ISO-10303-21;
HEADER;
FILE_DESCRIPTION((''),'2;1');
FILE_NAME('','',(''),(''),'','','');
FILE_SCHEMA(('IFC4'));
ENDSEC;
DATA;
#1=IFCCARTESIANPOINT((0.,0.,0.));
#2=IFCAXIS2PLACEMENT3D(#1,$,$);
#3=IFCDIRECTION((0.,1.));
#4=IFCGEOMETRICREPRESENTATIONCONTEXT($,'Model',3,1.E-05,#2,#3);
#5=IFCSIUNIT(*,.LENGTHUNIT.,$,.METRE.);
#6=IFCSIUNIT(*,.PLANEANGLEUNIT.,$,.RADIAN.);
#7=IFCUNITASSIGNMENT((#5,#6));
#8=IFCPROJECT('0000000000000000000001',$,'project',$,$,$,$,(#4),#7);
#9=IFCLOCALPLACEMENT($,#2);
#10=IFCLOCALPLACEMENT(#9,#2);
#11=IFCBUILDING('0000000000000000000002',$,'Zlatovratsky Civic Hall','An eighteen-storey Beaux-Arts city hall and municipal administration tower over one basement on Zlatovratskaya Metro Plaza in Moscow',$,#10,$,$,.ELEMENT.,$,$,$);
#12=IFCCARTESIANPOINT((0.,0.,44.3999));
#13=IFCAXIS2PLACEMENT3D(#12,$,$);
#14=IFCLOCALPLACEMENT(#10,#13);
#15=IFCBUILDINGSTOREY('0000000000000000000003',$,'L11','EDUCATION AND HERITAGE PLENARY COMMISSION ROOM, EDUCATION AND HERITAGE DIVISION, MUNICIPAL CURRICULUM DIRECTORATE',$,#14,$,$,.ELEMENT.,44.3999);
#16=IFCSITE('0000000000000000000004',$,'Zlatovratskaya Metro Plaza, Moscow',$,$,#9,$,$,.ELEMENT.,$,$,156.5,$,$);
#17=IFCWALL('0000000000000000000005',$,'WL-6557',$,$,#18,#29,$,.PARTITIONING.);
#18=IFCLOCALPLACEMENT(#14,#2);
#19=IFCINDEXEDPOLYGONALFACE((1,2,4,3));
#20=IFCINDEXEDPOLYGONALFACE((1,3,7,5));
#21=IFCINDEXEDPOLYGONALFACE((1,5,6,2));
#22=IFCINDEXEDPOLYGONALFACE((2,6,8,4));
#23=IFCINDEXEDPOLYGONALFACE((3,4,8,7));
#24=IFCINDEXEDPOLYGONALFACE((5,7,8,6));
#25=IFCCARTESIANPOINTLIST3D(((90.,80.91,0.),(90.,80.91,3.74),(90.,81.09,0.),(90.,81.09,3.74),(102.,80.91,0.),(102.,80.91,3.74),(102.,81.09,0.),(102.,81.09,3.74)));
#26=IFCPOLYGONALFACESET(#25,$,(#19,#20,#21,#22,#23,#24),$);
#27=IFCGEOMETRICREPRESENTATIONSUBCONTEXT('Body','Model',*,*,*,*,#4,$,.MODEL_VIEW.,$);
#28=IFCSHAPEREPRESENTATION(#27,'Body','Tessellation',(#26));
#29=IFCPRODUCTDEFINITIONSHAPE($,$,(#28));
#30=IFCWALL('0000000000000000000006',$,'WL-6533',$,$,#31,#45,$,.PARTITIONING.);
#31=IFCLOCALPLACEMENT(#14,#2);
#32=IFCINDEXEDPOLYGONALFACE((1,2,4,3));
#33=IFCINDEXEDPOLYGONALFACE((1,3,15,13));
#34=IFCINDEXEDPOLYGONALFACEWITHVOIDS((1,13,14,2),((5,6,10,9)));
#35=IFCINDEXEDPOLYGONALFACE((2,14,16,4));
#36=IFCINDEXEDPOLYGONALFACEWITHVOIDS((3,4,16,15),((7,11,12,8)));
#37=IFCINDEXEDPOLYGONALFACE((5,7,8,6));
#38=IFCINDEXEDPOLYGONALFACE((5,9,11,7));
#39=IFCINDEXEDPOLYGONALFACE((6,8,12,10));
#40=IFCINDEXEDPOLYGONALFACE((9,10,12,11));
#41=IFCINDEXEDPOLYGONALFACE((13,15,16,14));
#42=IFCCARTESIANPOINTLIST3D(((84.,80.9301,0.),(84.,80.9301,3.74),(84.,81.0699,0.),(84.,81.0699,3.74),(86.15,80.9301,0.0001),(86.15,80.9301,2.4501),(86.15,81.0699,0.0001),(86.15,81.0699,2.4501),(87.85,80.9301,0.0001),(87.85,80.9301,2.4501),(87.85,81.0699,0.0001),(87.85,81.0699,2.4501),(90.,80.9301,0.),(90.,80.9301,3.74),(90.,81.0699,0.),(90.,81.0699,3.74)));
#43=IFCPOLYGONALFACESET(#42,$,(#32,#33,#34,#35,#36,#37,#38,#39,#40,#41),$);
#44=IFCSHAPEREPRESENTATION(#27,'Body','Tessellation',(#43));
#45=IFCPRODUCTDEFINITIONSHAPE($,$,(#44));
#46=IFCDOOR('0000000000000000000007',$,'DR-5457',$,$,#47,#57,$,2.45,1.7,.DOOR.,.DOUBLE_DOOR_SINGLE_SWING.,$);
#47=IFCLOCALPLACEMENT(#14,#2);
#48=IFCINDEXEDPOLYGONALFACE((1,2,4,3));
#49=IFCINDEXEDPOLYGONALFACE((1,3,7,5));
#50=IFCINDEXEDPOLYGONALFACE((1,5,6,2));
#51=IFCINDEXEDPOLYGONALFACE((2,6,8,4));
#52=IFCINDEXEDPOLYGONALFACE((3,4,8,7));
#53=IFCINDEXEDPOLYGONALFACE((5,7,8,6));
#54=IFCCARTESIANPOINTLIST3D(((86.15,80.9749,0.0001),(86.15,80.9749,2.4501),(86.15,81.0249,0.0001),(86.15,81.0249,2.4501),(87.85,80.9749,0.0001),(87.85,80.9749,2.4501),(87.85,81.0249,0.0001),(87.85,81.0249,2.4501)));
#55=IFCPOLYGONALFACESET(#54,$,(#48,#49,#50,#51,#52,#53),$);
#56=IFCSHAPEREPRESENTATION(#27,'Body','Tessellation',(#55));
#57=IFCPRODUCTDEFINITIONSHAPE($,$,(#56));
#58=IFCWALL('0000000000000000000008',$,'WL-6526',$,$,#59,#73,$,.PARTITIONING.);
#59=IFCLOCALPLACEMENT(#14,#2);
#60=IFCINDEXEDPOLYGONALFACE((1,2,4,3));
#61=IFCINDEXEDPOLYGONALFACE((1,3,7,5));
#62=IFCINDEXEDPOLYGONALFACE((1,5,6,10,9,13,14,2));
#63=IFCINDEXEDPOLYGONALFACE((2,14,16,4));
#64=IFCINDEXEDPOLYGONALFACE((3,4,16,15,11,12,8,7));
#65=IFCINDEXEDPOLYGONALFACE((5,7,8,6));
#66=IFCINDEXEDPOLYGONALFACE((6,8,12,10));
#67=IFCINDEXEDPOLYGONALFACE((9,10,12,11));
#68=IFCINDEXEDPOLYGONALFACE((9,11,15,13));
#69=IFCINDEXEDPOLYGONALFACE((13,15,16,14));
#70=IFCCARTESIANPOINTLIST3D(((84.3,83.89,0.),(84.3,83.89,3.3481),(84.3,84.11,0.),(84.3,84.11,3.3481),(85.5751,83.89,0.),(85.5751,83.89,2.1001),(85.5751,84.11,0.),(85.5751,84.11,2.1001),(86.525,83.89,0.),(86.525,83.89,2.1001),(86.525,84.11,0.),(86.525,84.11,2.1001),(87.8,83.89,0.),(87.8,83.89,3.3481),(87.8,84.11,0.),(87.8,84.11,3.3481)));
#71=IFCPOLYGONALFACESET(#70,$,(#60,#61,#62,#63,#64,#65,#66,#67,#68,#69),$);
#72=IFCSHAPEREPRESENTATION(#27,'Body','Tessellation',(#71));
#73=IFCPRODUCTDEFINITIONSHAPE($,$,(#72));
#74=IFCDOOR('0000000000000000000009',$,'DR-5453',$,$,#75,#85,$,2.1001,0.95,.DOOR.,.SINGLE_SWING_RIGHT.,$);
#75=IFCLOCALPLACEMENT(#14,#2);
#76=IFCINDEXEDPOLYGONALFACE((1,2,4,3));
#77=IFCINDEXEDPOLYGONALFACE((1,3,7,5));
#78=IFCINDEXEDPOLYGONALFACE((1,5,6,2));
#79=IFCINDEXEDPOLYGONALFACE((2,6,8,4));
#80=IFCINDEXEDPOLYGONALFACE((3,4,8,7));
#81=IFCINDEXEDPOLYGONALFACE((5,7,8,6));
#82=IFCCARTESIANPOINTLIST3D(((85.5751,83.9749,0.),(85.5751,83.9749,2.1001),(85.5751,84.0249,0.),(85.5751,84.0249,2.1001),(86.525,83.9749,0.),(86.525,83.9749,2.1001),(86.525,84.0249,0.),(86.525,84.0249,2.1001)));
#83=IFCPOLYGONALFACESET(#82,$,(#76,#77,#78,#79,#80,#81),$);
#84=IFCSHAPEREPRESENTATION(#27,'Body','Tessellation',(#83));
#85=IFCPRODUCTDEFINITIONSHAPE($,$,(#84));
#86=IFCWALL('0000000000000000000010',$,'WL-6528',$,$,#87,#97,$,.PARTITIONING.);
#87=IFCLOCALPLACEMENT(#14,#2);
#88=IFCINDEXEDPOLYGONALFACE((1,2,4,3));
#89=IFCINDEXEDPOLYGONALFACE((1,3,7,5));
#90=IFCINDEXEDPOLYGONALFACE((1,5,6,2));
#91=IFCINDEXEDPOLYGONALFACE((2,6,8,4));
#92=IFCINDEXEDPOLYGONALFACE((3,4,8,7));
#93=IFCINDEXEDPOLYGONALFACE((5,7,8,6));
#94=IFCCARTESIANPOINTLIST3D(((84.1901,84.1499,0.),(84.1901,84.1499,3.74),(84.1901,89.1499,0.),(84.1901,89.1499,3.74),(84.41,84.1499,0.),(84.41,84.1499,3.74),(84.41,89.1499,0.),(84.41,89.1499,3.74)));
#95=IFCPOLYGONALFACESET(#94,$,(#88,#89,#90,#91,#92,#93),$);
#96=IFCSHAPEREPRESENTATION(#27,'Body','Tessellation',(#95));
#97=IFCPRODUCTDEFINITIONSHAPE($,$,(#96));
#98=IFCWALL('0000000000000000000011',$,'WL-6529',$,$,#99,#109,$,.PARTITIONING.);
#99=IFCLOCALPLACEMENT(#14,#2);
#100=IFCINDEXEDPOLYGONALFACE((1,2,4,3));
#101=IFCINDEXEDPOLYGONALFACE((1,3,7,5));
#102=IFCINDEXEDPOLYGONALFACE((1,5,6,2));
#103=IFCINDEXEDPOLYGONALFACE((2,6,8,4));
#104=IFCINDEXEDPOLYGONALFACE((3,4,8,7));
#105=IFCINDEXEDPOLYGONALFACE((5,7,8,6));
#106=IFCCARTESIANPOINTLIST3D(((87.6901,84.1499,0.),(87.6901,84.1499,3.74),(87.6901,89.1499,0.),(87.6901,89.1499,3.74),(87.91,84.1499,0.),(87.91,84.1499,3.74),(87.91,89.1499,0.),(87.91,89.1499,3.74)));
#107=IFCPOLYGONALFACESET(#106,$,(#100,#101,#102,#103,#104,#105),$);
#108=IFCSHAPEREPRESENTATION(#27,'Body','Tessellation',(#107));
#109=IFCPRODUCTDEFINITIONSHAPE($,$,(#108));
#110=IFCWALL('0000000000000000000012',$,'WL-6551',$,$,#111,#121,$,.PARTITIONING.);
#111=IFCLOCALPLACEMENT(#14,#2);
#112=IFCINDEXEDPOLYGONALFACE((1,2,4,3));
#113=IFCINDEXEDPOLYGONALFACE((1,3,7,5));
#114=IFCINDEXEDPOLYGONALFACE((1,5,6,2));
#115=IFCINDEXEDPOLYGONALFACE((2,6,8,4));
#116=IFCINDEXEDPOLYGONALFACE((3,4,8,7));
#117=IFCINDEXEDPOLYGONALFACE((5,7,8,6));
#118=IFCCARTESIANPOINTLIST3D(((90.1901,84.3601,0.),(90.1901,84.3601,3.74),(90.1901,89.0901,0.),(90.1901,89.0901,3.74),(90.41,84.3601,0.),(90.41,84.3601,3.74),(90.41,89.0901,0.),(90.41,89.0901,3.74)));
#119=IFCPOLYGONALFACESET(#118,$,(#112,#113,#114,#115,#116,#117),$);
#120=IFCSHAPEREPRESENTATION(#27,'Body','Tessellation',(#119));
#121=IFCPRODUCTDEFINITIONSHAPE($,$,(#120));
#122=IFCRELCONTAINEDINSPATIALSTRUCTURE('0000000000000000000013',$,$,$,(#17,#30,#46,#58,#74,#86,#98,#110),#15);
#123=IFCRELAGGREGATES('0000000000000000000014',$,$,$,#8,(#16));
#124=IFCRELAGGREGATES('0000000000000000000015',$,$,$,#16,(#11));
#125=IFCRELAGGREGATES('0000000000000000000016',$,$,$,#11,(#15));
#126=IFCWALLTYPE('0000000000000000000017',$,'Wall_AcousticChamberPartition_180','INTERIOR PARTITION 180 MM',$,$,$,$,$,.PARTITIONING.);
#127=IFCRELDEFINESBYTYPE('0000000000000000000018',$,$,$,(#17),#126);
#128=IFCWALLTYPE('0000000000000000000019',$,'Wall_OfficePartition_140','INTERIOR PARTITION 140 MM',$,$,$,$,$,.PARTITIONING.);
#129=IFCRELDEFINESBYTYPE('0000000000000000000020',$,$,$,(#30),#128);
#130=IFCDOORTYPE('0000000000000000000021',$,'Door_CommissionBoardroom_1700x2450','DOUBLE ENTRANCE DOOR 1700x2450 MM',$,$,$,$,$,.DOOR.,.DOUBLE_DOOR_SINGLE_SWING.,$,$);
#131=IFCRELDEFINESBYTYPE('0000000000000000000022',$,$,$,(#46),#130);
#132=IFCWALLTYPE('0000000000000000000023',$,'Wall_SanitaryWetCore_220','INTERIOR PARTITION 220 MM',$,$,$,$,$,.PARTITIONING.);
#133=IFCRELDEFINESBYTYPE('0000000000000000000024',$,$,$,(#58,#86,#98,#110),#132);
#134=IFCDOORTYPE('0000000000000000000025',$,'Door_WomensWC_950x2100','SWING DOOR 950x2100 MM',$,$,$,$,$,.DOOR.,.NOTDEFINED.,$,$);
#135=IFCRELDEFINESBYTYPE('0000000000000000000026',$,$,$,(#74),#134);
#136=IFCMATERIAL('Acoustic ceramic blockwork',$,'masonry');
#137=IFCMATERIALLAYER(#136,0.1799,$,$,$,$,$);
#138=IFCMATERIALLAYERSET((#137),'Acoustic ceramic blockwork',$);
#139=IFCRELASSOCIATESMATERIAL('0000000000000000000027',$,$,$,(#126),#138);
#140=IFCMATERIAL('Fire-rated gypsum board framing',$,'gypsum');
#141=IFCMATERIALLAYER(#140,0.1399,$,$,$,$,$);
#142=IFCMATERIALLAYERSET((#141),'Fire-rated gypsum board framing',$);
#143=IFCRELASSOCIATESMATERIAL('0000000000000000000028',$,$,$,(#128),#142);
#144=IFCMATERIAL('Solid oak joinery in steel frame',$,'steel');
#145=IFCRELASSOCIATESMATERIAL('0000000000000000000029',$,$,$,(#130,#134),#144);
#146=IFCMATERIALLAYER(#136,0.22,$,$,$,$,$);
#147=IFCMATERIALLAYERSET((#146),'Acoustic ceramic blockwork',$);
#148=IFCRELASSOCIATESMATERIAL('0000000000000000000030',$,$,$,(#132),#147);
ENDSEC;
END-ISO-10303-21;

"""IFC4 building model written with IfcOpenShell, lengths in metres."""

from ifc_helpers import new_model, si_unit, direction, frame, frame_2d, origin, place, context, subcontext, project, spatial, rectangle, extrude, material, layer, layer_set, type_object, element, fill, save


model = new_model("IFC4")

# Units and contexts
model_context = context("Model", 3, precision=1e-05, world=origin(), true_north=direction((0.0, 1.0)))
body_context = subcontext(model_context, "Body", "Model", "MODEL_VIEW")
ifc_project = project(units=[si_unit("LENGTHUNIT", "METRE"), si_unit("PLANEANGLEUNIT", "RADIAN")], contexts=[model_context])

# Site, building, storey
site_placement = place(None, origin())
site = spatial("IfcSite", under=ifc_project, at=site_placement, Name="Zlatovratskaya Metro Plaza, Moscow", CompositionType="ELEMENT", RefElevation=156.5)
building_placement = place(site_placement, origin())
building = spatial("IfcBuilding", under=site, at=building_placement, Name="Zlatovratsky Civic Hall", Description="An eighteen-storey Beaux-Arts city hall and municipal administration tower over one basement on Zlatovratskaya Metro Plaza in Moscow", CompositionType="ELEMENT")
storey_placement = place(building_placement, frame((0.0, 0.0, 44.3999)))
storey = spatial("IfcBuildingStorey", under=building, at=storey_placement, Name="L11", Description="EDUCATION AND HERITAGE PLENARY COMMISSION ROOM, EDUCATION AND HERITAGE DIVISION, MUNICIPAL CURRICULUM DIRECTORATE", CompositionType="ELEMENT", Elevation=44.3999)

# Wall
ifc_material_1 = material(Name="Acoustic ceramic blockwork", Category="masonry")
ifc_layer_1 = layer(ifc_material_1, 0.1799)
ifc_layer_set_1 = layer_set([ifc_layer_1], Name="Acoustic ceramic blockwork")
wall_type_1 = type_object("IfcWallType", Name="Wall_AcousticChamberPartition_180", Description="INTERIOR PARTITION 180 MM", PredefinedType="PARTITIONING", material=ifc_layer_set_1)
wall_1_placement = place(storey_placement, frame((90.0, 81.0, 0.0), z_axis=(0.0, 0.0, 1.0), x_axis=(1.0, 0.0, 0.0)))
element("IfcWall", 1, at=wall_1_placement, inside=storey, type_object=wall_type_1, Name="WL-6557", PredefinedType="PARTITIONING", context=body_context, shape_type="SweptSolid", body=[
    extrude(rectangle(XDim=12.0, YDim=0.1799, at=frame_2d((6.0, 0.0))), origin(), (0.0, 0.0, 1.0), 3.74),
])

# Walls, openings, doors
ifc_material_2 = material(Name="Fire-rated gypsum board framing", Category="gypsum")
ifc_layer_2 = layer(ifc_material_2, 0.1399)
ifc_layer_set_2 = layer_set([ifc_layer_2], Name="Fire-rated gypsum board framing")
wall_type_2 = type_object("IfcWallType", Name="Wall_OfficePartition_140", Description="INTERIOR PARTITION 140 MM", PredefinedType="PARTITIONING", material=ifc_layer_set_2)
wall_2_placement = place(storey_placement, frame((84.0, 81.0, 0.0), z_axis=(0.0, 0.0, 1.0), x_axis=(1.0, 0.0, 0.0)))
wall_2 = element("IfcWall", 2, at=wall_2_placement, inside=storey, type_object=wall_type_2, Name="WL-6533", PredefinedType="PARTITIONING", context=body_context, shape_type="SweptSolid", body=[
    extrude(rectangle(XDim=6.0, YDim=0.1399, at=frame_2d((3.0, 0.0))), origin(), (0.0, 0.0, 1.0), 3.74),
])
opening_1_placement = place(wall_2_placement, frame((2.1499, 0.0, 0.0)))
opening_1 = element("IfcOpeningElement", 3, at=opening_1_placement, cuts=wall_2, PredefinedType="OPENING", context=body_context, shape_type="SweptSolid", body=[
    extrude(rectangle(XDim=1.7, YDim=2.45, at=frame_2d((0.8501, 1.2251))), frame((0.0, 0.085, 0.0), z_axis=(0.0, -1.0, 0.0), x_axis=(1.0, 0.0, 0.0)), (0.0, 0.0, 1.0), 0.1697),
])
ifc_material_3 = material(Name="Solid oak joinery in steel frame", Category="steel")
door_type_1 = type_object("IfcDoorType", Name="Door_CommissionBoardroom_1700x2450", Description="DOUBLE ENTRANCE DOOR 1700x2450 MM", OperationType="DOUBLE_DOOR_SINGLE_SWING", PredefinedType="DOOR", material=ifc_material_3)
door_1_placement = place(opening_1_placement, origin())
door_1 = element("IfcDoor", 4, at=door_1_placement, inside=storey, type_object=door_type_1, Name="DR-5457", OperationType="DOUBLE_DOOR_SINGLE_SWING", OverallHeight=2.45, OverallWidth=1.7, PredefinedType="DOOR", context=body_context, shape_type="SweptSolid", body=[
    extrude(rectangle(XDim=1.7, YDim=2.45, at=frame_2d((0.8501, 1.2251))), frame((0.0, 0.0249, 0.0), z_axis=(0.0, -1.0, 0.0), x_axis=(1.0, 0.0, 0.0)), (0.0, 0.0, 1.0), 0.05),
])
fill(opening_1, door_1)
ifc_layer_3 = layer(ifc_material_1, 0.22)
ifc_layer_set_3 = layer_set([ifc_layer_3], Name="Acoustic ceramic blockwork")
wall_type_3 = type_object("IfcWallType", Name="Wall_SanitaryWetCore_220", Description="INTERIOR PARTITION 220 MM", PredefinedType="PARTITIONING", material=ifc_layer_set_3)
wall_3_placement = place(storey_placement, frame((84.3, 84.0, 0.0), z_axis=(0.0, 0.0, 1.0), x_axis=(1.0, 0.0, 0.0)))
wall_3 = element("IfcWall", 5, at=wall_3_placement, inside=storey, type_object=wall_type_3, Name="WL-6526", PredefinedType="PARTITIONING", context=body_context, shape_type="SweptSolid", body=[
    extrude(rectangle(XDim=3.5, YDim=0.22, at=frame_2d((1.75, 0.0))), origin(), (0.0, 0.0, 1.0), 3.3481),
])
opening_2_placement = place(wall_3_placement, frame((1.2749, 0.0, 0.0)))
opening_2 = element("IfcOpeningElement", 6, at=opening_2_placement, cuts=wall_3, PredefinedType="OPENING", context=body_context, shape_type="SweptSolid", body=[
    extrude(rectangle(XDim=0.95, YDim=2.1001, at=frame_2d((0.4751, 1.05))), frame((0.0, 0.125, 0.0), z_axis=(0.0, -1.0, 0.0), x_axis=(1.0, 0.0, 0.0)), (0.0, 0.0, 1.0), 0.2498),
])
door_type_2 = type_object("IfcDoorType", Name="Door_WomensWC_950x2100", Description="SWING DOOR 950x2100 MM", OperationType="NOTDEFINED", PredefinedType="DOOR", material=ifc_material_3)
door_2_placement = place(opening_2_placement, origin())
door_2 = element("IfcDoor", 7, at=door_2_placement, inside=storey, type_object=door_type_2, Name="DR-5453", OperationType="SINGLE_SWING_RIGHT", OverallHeight=2.1001, OverallWidth=0.95, PredefinedType="DOOR", context=body_context, shape_type="SweptSolid", body=[
    extrude(rectangle(XDim=0.95, YDim=2.1001, at=frame_2d((0.4751, 1.05))), frame((0.0, 0.0249, 0.0), z_axis=(0.0, -1.0, 0.0), x_axis=(1.0, 0.0, 0.0)), (0.0, 0.0, 1.0), 0.05),
])
fill(opening_2, door_2)

# Walls
for number, where, z_axis, x_axis, name in (
    (8, (84.3, 84.1499, 0.0), (0.0, 0.0, 1.0), (0.0, 1.0, 0.0), "WL-6528"),
    (9, (87.8, 84.1499, 0.0), (0.0, 0.0, 1.0), (0.0, 1.0, 0.0), "WL-6529"),
):
    element("IfcWall", number, at=place(storey_placement, frame(where, z_axis=z_axis, x_axis=x_axis)), inside=storey, type_object=wall_type_3, Name=name, PredefinedType="PARTITIONING", context=body_context, shape_type="SweptSolid", body=[
        extrude(rectangle(XDim=5.0, YDim=0.22, at=frame_2d((2.5, 0.0))), origin(), (0.0, 0.0, 1.0), 3.74),
    ])
wall_4_placement = place(storey_placement, frame((90.3, 84.3601, 0.0), z_axis=(0.0, 0.0, 1.0), x_axis=(0.0, 1.0, 0.0)))
element("IfcWall", 10, at=wall_4_placement, inside=storey, type_object=wall_type_3, Name="WL-6551", PredefinedType="PARTITIONING", context=body_context, shape_type="SweptSolid", body=[
    extrude(rectangle(XDim=4.73, YDim=0.22, at=frame_2d((2.365, 0.0))), origin(), (0.0, 0.0, 1.0), 3.74),
])

save(model, "model.ifc")
